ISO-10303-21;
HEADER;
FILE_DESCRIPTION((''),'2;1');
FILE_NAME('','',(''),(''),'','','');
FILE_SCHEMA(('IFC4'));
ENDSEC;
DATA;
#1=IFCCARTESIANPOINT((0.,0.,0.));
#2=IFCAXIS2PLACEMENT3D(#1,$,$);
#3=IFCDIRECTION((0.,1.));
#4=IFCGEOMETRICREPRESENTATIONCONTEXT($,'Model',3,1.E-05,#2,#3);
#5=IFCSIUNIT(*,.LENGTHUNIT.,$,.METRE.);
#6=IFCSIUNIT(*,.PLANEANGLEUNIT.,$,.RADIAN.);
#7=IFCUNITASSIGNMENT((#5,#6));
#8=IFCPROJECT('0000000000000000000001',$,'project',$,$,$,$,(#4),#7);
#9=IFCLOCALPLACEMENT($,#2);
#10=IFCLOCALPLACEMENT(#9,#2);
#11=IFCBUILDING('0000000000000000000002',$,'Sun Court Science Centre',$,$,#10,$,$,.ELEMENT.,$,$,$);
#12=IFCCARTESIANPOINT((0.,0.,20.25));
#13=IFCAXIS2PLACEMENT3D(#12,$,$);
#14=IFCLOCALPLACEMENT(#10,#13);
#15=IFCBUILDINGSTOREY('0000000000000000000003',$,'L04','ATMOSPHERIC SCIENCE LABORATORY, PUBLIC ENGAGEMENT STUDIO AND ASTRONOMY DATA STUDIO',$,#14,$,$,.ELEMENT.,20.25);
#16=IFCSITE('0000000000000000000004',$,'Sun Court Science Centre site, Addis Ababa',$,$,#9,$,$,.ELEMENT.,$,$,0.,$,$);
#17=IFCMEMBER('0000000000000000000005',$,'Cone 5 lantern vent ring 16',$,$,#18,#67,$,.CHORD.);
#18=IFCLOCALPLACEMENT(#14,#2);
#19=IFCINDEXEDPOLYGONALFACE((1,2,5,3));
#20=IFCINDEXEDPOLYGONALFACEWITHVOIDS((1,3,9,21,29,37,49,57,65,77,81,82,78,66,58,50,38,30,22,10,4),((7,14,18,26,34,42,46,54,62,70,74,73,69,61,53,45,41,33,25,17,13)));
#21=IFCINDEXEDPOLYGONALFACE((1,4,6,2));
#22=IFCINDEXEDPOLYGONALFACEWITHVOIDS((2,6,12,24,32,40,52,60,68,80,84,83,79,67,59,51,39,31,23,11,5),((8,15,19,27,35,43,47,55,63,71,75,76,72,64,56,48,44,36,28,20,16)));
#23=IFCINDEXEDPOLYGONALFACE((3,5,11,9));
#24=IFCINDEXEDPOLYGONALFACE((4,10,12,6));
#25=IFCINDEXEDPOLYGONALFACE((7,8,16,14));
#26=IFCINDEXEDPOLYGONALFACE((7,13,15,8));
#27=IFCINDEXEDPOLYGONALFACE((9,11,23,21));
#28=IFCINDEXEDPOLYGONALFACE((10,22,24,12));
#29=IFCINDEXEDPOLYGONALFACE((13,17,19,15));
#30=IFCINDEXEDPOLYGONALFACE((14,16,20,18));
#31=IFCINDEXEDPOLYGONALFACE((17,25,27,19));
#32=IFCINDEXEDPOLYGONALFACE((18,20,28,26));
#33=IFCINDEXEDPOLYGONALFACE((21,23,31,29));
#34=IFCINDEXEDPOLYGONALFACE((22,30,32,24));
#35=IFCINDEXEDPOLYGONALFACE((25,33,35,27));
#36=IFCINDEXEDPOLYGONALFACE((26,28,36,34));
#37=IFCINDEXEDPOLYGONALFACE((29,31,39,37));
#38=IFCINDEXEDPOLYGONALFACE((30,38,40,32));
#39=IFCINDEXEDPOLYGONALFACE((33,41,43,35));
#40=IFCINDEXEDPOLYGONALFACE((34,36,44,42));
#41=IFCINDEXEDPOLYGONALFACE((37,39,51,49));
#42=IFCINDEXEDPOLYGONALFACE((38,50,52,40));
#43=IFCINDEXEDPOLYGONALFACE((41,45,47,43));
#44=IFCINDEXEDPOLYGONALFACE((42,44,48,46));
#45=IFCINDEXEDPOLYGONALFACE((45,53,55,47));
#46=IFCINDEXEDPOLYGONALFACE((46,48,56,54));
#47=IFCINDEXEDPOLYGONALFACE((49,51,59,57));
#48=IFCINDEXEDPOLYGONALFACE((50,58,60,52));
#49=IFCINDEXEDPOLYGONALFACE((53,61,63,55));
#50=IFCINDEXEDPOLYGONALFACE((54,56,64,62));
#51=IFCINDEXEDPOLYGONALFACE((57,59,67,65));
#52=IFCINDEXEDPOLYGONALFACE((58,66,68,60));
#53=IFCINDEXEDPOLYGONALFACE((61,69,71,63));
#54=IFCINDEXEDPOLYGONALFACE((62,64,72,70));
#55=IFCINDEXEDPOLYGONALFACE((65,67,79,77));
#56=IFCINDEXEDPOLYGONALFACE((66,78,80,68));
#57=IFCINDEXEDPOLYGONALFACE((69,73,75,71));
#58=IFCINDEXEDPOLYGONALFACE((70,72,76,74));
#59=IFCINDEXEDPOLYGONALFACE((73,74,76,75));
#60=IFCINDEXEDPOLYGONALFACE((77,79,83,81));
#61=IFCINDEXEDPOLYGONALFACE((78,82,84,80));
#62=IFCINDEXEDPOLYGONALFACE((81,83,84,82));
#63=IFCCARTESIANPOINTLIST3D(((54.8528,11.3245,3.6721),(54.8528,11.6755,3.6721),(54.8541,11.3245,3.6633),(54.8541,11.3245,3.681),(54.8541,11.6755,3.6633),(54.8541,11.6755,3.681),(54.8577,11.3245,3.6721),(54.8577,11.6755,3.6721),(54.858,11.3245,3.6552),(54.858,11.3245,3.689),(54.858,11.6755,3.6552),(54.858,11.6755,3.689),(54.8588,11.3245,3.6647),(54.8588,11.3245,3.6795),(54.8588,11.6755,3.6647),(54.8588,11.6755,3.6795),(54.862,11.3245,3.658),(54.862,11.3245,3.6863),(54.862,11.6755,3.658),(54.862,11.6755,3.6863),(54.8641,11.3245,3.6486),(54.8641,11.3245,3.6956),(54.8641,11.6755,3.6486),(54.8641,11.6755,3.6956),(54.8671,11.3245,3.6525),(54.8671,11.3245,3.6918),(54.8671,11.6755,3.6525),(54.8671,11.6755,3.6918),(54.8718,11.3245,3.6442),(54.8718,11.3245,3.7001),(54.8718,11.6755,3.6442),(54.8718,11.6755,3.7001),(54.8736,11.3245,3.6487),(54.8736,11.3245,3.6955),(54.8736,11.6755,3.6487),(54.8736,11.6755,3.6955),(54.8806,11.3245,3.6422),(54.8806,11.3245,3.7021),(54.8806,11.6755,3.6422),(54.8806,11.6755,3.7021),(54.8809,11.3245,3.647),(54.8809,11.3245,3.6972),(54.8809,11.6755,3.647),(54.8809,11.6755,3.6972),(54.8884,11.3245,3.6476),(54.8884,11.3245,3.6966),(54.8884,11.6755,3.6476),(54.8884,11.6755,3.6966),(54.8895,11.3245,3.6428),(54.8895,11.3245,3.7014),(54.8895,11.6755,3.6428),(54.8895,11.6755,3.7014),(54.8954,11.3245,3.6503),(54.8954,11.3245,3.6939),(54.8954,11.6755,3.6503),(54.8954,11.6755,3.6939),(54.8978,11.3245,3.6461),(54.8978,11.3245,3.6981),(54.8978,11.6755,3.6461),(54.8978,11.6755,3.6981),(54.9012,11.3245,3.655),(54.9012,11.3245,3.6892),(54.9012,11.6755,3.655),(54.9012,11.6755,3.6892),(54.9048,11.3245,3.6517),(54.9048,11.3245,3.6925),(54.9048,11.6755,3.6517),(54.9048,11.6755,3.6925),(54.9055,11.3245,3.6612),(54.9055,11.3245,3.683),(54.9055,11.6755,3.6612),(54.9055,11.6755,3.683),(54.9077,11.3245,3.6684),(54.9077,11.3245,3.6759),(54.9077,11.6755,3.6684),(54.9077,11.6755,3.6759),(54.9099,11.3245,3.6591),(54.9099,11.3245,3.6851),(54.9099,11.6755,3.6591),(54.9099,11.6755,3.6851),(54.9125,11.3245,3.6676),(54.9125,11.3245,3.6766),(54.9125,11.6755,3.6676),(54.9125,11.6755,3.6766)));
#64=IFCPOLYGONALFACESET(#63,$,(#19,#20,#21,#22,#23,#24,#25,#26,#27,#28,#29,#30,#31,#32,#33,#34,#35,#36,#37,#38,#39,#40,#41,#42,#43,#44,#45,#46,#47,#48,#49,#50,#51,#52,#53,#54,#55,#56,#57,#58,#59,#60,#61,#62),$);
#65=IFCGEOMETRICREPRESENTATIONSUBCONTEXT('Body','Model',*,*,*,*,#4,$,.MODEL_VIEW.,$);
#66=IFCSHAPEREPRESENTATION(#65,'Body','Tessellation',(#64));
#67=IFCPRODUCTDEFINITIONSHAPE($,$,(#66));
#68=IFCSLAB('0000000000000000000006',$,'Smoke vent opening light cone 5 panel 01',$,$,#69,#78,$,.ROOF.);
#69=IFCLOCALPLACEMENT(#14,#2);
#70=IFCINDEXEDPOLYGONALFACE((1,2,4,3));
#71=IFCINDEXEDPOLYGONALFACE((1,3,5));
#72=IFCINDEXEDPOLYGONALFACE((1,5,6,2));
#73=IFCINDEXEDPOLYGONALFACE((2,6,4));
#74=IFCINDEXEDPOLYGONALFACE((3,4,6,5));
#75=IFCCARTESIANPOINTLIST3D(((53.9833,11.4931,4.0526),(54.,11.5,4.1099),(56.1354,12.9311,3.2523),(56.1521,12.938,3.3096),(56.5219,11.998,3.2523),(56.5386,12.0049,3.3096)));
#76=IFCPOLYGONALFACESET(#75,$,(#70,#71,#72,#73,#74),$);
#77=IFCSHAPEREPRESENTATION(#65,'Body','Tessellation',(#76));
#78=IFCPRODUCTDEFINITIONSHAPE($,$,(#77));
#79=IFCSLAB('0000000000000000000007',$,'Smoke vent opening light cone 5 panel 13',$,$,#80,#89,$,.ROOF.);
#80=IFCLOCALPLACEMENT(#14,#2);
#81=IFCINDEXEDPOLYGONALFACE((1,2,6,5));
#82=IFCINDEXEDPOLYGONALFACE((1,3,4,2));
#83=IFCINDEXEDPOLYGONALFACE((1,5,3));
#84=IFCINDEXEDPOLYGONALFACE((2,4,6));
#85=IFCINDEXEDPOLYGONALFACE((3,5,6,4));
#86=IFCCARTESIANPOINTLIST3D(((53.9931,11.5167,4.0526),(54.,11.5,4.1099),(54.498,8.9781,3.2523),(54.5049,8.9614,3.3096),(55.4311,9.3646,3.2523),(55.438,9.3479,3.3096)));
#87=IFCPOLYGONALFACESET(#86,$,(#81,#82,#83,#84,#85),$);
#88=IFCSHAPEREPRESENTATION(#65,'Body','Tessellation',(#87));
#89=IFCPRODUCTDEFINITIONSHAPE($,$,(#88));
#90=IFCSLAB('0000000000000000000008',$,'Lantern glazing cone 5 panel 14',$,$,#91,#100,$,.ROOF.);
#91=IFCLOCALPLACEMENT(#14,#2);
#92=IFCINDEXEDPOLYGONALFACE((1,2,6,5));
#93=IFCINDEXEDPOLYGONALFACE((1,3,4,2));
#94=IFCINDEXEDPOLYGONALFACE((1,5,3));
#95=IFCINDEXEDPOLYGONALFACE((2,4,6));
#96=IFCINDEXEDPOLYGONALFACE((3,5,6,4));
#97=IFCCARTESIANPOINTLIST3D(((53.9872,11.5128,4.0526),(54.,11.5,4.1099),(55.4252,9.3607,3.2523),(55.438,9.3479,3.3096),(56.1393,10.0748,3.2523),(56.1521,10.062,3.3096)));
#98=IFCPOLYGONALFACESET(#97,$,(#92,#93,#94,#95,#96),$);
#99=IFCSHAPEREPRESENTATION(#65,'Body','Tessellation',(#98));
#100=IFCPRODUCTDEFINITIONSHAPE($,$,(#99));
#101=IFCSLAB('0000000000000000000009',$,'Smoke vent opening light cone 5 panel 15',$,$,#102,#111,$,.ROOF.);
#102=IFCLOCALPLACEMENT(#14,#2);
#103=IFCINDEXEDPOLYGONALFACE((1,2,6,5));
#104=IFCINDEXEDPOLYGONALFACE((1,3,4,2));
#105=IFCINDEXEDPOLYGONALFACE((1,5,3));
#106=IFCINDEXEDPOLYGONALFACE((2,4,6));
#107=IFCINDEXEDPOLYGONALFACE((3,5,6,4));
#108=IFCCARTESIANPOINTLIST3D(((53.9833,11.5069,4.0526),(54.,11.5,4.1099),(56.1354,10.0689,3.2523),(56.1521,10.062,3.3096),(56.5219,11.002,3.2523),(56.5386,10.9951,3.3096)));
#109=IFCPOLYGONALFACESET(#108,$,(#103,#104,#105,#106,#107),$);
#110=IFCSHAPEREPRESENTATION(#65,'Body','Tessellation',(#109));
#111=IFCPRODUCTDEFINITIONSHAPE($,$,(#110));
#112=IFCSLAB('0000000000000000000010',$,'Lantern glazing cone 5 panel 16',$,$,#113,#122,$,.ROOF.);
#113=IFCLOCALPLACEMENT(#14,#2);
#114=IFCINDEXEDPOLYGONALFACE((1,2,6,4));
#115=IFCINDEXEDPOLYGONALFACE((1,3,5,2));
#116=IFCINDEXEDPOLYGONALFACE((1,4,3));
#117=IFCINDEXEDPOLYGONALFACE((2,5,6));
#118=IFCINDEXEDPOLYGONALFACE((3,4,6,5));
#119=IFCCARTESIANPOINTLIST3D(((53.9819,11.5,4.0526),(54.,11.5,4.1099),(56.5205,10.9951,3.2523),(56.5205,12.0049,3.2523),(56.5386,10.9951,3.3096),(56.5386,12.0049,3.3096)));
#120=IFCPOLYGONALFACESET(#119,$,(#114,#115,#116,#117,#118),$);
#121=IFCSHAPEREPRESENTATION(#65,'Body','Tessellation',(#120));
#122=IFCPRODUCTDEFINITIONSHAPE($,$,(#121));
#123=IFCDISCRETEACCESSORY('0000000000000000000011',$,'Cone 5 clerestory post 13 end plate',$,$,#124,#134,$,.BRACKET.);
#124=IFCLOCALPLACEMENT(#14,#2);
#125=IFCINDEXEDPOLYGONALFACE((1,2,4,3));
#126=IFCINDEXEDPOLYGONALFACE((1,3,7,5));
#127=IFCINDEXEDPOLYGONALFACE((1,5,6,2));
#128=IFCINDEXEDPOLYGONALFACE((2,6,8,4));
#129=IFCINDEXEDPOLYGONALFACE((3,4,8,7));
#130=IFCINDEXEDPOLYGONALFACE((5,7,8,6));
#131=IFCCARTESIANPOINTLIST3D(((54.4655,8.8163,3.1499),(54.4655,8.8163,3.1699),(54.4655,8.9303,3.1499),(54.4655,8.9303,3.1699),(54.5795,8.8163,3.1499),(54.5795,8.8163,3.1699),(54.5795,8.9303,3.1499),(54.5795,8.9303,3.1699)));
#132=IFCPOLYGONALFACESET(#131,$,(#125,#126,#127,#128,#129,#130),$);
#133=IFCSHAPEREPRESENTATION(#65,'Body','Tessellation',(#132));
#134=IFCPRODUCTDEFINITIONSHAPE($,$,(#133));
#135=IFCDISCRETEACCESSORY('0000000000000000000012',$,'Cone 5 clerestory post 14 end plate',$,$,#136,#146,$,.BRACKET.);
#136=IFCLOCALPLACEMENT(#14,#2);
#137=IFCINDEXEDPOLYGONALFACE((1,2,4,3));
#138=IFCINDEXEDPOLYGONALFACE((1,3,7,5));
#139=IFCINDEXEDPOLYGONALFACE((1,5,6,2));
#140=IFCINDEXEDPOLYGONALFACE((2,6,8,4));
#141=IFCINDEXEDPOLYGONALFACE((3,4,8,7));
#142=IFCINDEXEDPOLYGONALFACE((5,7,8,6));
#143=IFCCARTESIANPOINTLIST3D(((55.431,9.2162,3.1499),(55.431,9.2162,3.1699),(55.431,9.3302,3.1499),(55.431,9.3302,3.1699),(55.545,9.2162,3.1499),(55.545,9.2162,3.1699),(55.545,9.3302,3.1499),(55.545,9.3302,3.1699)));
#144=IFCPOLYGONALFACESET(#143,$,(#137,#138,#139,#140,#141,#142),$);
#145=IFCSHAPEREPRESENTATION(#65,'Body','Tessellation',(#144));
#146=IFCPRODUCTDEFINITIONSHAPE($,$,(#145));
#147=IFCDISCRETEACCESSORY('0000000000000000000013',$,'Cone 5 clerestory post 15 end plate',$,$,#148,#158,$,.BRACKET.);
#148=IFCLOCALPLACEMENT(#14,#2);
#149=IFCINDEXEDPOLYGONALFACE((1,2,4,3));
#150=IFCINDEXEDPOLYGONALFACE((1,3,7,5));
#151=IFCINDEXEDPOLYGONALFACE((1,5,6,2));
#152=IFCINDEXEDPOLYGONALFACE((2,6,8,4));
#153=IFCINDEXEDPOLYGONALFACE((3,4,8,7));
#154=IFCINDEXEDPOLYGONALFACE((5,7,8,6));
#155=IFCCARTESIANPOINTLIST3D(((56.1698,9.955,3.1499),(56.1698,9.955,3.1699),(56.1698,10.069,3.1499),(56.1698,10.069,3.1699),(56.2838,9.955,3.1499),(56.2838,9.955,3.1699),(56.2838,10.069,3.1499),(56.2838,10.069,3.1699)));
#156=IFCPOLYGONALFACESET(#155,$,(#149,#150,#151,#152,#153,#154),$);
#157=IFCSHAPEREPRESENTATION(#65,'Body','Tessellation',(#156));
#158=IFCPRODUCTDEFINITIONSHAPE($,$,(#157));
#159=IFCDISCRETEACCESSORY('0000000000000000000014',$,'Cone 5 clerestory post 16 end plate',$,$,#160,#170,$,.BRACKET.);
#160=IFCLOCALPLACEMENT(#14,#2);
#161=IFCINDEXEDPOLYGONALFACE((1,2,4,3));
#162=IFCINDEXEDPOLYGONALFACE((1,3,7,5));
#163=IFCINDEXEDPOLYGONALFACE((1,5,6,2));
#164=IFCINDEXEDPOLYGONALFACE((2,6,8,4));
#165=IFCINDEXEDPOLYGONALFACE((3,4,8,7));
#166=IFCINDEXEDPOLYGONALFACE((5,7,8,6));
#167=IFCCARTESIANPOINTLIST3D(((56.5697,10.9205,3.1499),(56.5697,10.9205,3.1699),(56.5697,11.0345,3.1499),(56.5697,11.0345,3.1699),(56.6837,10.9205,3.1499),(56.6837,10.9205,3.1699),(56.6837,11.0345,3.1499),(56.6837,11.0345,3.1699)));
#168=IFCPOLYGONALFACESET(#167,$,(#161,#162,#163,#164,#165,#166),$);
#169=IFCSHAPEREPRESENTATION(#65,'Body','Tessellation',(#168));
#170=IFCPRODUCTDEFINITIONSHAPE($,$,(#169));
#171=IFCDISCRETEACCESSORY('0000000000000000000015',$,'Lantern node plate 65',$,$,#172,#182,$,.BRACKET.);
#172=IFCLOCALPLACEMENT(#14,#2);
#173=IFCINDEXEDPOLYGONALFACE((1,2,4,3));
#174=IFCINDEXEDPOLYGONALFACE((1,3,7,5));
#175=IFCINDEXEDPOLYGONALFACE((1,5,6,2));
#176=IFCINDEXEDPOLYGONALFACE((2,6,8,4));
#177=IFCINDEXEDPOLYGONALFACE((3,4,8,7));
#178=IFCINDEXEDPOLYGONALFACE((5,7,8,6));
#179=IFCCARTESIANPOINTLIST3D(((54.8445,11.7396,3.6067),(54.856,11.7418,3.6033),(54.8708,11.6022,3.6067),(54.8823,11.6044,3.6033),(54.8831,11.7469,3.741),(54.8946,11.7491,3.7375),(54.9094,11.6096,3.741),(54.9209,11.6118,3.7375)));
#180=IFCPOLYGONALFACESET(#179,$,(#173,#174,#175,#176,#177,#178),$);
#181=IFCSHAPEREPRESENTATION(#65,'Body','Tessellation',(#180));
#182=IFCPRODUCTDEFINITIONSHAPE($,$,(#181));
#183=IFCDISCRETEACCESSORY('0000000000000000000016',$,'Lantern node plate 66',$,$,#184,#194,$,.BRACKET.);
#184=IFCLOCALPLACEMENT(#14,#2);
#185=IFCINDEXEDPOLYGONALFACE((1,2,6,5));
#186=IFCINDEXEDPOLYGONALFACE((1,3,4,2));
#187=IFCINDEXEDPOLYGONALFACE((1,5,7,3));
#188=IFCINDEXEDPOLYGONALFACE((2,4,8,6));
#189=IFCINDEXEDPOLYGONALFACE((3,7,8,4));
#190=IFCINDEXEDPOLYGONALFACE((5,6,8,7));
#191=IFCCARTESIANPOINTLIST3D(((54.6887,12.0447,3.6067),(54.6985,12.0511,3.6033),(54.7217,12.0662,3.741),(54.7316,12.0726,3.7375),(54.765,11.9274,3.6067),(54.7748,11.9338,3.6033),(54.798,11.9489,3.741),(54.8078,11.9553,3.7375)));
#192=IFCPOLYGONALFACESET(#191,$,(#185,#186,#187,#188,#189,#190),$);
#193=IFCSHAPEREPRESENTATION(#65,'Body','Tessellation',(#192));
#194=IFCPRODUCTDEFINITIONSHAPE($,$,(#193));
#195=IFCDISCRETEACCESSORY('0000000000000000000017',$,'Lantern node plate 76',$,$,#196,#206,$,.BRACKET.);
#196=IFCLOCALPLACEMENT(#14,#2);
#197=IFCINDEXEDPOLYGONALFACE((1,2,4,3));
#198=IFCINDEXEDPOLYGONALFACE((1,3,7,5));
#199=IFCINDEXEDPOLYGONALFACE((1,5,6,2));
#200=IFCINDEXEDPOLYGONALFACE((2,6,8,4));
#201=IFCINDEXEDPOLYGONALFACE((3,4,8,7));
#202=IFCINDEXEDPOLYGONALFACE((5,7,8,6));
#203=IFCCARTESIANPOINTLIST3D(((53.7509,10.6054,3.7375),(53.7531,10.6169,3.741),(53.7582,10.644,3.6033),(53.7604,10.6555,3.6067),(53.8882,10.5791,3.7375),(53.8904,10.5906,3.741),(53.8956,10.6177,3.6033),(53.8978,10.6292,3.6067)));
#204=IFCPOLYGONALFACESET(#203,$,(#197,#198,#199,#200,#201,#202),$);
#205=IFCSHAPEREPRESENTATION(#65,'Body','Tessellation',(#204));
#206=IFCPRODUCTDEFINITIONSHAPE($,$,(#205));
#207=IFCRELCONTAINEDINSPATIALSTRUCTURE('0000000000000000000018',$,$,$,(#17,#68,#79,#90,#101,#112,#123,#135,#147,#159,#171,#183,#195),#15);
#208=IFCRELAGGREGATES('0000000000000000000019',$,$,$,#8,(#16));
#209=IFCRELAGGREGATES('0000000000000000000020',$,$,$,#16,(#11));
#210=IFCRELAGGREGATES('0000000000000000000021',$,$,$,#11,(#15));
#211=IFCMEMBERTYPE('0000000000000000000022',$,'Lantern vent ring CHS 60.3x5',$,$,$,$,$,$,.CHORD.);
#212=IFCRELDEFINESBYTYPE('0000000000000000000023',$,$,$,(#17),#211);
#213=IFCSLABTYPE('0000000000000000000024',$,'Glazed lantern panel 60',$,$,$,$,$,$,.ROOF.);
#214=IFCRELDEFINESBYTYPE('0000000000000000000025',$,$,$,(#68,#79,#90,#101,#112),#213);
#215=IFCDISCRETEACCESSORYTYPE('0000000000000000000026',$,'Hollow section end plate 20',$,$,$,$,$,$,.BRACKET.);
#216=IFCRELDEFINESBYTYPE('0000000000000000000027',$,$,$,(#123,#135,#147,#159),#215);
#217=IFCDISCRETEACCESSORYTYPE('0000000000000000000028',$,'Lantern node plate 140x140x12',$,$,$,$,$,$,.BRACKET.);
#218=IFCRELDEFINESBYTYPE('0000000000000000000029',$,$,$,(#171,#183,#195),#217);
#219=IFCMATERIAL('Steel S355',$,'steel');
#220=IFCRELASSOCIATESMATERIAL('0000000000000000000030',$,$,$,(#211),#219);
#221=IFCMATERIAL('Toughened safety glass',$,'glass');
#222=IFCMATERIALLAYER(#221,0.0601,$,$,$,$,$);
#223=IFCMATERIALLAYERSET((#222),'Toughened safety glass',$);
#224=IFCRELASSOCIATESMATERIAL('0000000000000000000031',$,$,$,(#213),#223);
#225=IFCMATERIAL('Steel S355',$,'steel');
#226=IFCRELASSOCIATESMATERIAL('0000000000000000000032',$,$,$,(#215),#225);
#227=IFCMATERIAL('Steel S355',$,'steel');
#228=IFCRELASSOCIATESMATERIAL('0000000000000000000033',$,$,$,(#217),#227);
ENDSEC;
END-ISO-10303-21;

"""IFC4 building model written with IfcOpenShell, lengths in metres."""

from ifc_helpers import new_model, si_unit, direction, frame, origin, origin_2d, place, context, subcontext, project, spatial, polyline, rectangle, hollow_circle, outline, extrude, material, layer, layer_set, material_profile, profile_set, type_object, element, save


model = new_model("IFC4")

# Units and contexts
model_context = context("Model", 3, precision=1e-05, world=origin(), true_north=direction((0.0, 1.0)))
body_context = subcontext(model_context, "Body", "Model", "MODEL_VIEW")
ifc_project = project(units=[si_unit("LENGTHUNIT", "METRE"), si_unit("PLANEANGLEUNIT", "RADIAN")], contexts=[model_context])

# Site, building, storey
site_placement = place(None, origin())
site = spatial("IfcSite", under=ifc_project, at=site_placement, Name="Sun Court Science Centre site, Addis Ababa", CompositionType="ELEMENT", RefElevation=0.0)
building_placement = place(site_placement, origin())
building = spatial("IfcBuilding", under=site, at=building_placement, Name="Sun Court Science Centre", CompositionType="ELEMENT")
storey_placement = place(building_placement, frame((0.0, 0.0, 20.25)))
storey = spatial("IfcBuildingStorey", under=building, at=storey_placement, Name="L04", Description="ATMOSPHERIC SCIENCE LABORATORY, PUBLIC ENGAGEMENT STUDIO AND ASTRONOMY DATA STUDIO", CompositionType="ELEMENT", Elevation=20.25)

# Member
ifc_material_1 = material(Name="Steel S355", Category="steel")
ifc_material_profile_1 = material_profile(ifc_material_1, hollow_circle(Radius=0.03, WallThickness=0.0049, at=origin_2d()), Name="CHS 60.3x5")
ifc_profile_set_1 = profile_set([ifc_material_profile_1], Name="Steel S355")
member_type_1 = type_object("IfcMemberType", Name="Lantern vent ring CHS 60.3x5", PredefinedType="CHORD", material=ifc_profile_set_1)
member_1_placement = place(storey_placement, frame((54.8828, 11.3245, 3.6721), z_axis=(0.0, 1.0, 0.0), x_axis=(-1.0, 0.0, 0.0)))
element("IfcMember", 1, at=member_1_placement, inside=storey, type_object=member_type_1, Name="Cone 5 lantern vent ring 16", PredefinedType="CHORD", context=body_context, shape_type="SweptSolid", body=[
    extrude(hollow_circle(Radius=0.03, WallThickness=0.0049, at=origin_2d()), origin(), (0.0, 0.0, 1.0), 0.3511),
])

# Slabs
ifc_material_2 = material(Name="Toughened safety glass", Category="glass")
ifc_layer = layer(ifc_material_2, 0.0601)
ifc_layer_set = layer_set([ifc_layer], Name="Toughened safety glass")
slab_type = type_object("IfcSlabType", Name="Glazed lantern panel 60", PredefinedType="ROOF", material=ifc_layer_set)
for number, where, z_axis, x_axis, name in (
    (2, (56.5386, 12.0049, 3.3096), (0.277784, 0.115053, 0.953729), (-0.382658, 0.92389, 0.0), "Smoke vent opening light cone 5 panel 01"),
    (3, (54.5049, 8.9614, 3.3096), (0.115053, -0.277784, 0.953729), (0.92389, 0.382658, 0.0), "Smoke vent opening light cone 5 panel 13"),
):
    element("IfcSlab", number, at=place(storey_placement, frame(where, z_axis=z_axis, x_axis=x_axis)), inside=storey, type_object=slab_type, Name=name, PredefinedType="ROOF", context=body_context, shape_type="SweptSolid", body=[
        extrude(outline(polyline([(0.0, 0.0), (1.01, 0.0), (0.5049, 2.6617), (0.0, 0.0)])), origin(), (0.0, 0.0, -1.0), 0.0601),
    ])
slab_1_placement = place(storey_placement, frame((55.438, 9.3479, 3.3096), z_axis=(0.212603, -0.212603, 0.95373), x_axis=(0.707107, 0.707107, 0.0)))
element("IfcSlab", 4, at=slab_1_placement, inside=storey, type_object=slab_type, Name="Lantern glazing cone 5 panel 14", PredefinedType="ROOF", context=body_context, shape_type="SweptSolid", body=[
    extrude(outline(polyline([(0.0, 0.0), (1.0099, 0.0), (0.505, 2.6617), (0.0, 0.0)])), origin(), (0.0, 0.0, -1.0), 0.0601),
])
slab_2_placement = place(storey_placement, frame((56.1521, 10.062, 3.3096), z_axis=(0.277784, -0.115053, 0.953729), x_axis=(0.382658, 0.92389, 0.0)))
element("IfcSlab", 5, at=slab_2_placement, inside=storey, type_object=slab_type, Name="Smoke vent opening light cone 5 panel 15", PredefinedType="ROOF", context=body_context, shape_type="SweptSolid", body=[
    extrude(outline(polyline([(0.0, 0.0), (1.01, 0.0), (0.505, 2.6617), (0.0, 0.0)])), origin(), (0.0, 0.0, -1.0), 0.0601),
])
slab_3_placement = place(storey_placement, frame((56.5386, 10.9951, 3.3096), z_axis=(0.300666, 0.0, 0.953729), x_axis=(0.0, 1.0, 0.0)))
element("IfcSlab", 6, at=slab_3_placement, inside=storey, type_object=slab_type, Name="Lantern glazing cone 5 panel 16", PredefinedType="ROOF", context=body_context, shape_type="SweptSolid", body=[
    extrude(outline(polyline([(0.0, 0.0), (1.0098, 0.0), (0.5049, 2.6617), (0.0, 0.0)])), origin(), (0.0, 0.0, -1.0), 0.0601),
])

# Discrete accessories
ifc_material_3 = material(Name="Steel S355", Category="steel")
discrete_accessory_type_1 = type_object("IfcDiscreteAccessoryType", Name="Hollow section end plate 20", PredefinedType="BRACKET", material=ifc_material_3)
for number, where, z_axis, x_axis, name in (
    (7, (54.5225, 8.8733, 3.1499), (0.0, 0.0, 1.0), (1.0, 0.0, 0.0), "Cone 5 clerestory post 13 end plate"),
    (8, (55.488, 9.2732, 3.1499), (0.0, 0.0, 1.0), (1.0, 0.0, 0.0), "Cone 5 clerestory post 14 end plate"),
    (9, (56.2268, 10.012, 3.1499), (0.0, 0.0, 1.0), (1.0, 0.0, 0.0), "Cone 5 clerestory post 15 end plate"),
    (10, (56.6267, 10.9775, 3.1499), (0.0, 0.0, 1.0), (1.0, 0.0, 0.0), "Cone 5 clerestory post 16 end plate"),
):
    element("IfcDiscreteAccessory", number, at=place(storey_placement, frame(where, z_axis=z_axis, x_axis=x_axis)), inside=storey, type_object=discrete_accessory_type_1, Name=name, PredefinedType="BRACKET", context=body_context, shape_type="SweptSolid", body=[
        extrude(rectangle(XDim=0.114, YDim=0.114, at=origin_2d()), origin(), (0.0, 0.0, 1.0), 0.02),
    ])
ifc_material_4 = material(Name="Steel S355", Category="steel")
ifc_material_profile_2 = material_profile(ifc_material_4, rectangle(XDim=0.1399, YDim=0.1399, at=origin_2d()), Name="PL 140x140")
ifc_profile_set_2 = profile_set([ifc_material_profile_2], Name="Steel S355")
discrete_accessory_type_2 = type_object("IfcDiscreteAccessoryType", Name="Lantern node plate 140x140x12", PredefinedType="BRACKET", material=ifc_profile_set_2)
for number, where, z_axis, x_axis, name in (
    (11, (54.8884, 11.6768, 3.6704), (-0.942643, -0.180506, 0.280787), (0.188072, -0.982155, 0.0), "Lantern node plate 65"),
    (12, (54.7532, 12.0032, 3.6704), (-0.804518, -0.522937, 0.281581), (0.544988, -0.838444, 0.0), "Lantern node plate 66"),
    (13, (53.8232, 10.6116, 3.6704), (0.180506, 0.942643, 0.280787), (-0.982155, 0.188072, 0.0), "Lantern node plate 76"),
):
    element("IfcDiscreteAccessory", number, at=place(storey_placement, frame(where, z_axis=z_axis, x_axis=x_axis)), inside=storey, type_object=discrete_accessory_type_2, Name=name, PredefinedType="BRACKET", context=body_context, shape_type="SweptSolid", body=[
        extrude(rectangle(XDim=0.1399, YDim=0.1399, at=origin_2d()), origin(), (0.0, 0.0, 1.0), 0.0122),
    ])

save(model, "model.ifc")
